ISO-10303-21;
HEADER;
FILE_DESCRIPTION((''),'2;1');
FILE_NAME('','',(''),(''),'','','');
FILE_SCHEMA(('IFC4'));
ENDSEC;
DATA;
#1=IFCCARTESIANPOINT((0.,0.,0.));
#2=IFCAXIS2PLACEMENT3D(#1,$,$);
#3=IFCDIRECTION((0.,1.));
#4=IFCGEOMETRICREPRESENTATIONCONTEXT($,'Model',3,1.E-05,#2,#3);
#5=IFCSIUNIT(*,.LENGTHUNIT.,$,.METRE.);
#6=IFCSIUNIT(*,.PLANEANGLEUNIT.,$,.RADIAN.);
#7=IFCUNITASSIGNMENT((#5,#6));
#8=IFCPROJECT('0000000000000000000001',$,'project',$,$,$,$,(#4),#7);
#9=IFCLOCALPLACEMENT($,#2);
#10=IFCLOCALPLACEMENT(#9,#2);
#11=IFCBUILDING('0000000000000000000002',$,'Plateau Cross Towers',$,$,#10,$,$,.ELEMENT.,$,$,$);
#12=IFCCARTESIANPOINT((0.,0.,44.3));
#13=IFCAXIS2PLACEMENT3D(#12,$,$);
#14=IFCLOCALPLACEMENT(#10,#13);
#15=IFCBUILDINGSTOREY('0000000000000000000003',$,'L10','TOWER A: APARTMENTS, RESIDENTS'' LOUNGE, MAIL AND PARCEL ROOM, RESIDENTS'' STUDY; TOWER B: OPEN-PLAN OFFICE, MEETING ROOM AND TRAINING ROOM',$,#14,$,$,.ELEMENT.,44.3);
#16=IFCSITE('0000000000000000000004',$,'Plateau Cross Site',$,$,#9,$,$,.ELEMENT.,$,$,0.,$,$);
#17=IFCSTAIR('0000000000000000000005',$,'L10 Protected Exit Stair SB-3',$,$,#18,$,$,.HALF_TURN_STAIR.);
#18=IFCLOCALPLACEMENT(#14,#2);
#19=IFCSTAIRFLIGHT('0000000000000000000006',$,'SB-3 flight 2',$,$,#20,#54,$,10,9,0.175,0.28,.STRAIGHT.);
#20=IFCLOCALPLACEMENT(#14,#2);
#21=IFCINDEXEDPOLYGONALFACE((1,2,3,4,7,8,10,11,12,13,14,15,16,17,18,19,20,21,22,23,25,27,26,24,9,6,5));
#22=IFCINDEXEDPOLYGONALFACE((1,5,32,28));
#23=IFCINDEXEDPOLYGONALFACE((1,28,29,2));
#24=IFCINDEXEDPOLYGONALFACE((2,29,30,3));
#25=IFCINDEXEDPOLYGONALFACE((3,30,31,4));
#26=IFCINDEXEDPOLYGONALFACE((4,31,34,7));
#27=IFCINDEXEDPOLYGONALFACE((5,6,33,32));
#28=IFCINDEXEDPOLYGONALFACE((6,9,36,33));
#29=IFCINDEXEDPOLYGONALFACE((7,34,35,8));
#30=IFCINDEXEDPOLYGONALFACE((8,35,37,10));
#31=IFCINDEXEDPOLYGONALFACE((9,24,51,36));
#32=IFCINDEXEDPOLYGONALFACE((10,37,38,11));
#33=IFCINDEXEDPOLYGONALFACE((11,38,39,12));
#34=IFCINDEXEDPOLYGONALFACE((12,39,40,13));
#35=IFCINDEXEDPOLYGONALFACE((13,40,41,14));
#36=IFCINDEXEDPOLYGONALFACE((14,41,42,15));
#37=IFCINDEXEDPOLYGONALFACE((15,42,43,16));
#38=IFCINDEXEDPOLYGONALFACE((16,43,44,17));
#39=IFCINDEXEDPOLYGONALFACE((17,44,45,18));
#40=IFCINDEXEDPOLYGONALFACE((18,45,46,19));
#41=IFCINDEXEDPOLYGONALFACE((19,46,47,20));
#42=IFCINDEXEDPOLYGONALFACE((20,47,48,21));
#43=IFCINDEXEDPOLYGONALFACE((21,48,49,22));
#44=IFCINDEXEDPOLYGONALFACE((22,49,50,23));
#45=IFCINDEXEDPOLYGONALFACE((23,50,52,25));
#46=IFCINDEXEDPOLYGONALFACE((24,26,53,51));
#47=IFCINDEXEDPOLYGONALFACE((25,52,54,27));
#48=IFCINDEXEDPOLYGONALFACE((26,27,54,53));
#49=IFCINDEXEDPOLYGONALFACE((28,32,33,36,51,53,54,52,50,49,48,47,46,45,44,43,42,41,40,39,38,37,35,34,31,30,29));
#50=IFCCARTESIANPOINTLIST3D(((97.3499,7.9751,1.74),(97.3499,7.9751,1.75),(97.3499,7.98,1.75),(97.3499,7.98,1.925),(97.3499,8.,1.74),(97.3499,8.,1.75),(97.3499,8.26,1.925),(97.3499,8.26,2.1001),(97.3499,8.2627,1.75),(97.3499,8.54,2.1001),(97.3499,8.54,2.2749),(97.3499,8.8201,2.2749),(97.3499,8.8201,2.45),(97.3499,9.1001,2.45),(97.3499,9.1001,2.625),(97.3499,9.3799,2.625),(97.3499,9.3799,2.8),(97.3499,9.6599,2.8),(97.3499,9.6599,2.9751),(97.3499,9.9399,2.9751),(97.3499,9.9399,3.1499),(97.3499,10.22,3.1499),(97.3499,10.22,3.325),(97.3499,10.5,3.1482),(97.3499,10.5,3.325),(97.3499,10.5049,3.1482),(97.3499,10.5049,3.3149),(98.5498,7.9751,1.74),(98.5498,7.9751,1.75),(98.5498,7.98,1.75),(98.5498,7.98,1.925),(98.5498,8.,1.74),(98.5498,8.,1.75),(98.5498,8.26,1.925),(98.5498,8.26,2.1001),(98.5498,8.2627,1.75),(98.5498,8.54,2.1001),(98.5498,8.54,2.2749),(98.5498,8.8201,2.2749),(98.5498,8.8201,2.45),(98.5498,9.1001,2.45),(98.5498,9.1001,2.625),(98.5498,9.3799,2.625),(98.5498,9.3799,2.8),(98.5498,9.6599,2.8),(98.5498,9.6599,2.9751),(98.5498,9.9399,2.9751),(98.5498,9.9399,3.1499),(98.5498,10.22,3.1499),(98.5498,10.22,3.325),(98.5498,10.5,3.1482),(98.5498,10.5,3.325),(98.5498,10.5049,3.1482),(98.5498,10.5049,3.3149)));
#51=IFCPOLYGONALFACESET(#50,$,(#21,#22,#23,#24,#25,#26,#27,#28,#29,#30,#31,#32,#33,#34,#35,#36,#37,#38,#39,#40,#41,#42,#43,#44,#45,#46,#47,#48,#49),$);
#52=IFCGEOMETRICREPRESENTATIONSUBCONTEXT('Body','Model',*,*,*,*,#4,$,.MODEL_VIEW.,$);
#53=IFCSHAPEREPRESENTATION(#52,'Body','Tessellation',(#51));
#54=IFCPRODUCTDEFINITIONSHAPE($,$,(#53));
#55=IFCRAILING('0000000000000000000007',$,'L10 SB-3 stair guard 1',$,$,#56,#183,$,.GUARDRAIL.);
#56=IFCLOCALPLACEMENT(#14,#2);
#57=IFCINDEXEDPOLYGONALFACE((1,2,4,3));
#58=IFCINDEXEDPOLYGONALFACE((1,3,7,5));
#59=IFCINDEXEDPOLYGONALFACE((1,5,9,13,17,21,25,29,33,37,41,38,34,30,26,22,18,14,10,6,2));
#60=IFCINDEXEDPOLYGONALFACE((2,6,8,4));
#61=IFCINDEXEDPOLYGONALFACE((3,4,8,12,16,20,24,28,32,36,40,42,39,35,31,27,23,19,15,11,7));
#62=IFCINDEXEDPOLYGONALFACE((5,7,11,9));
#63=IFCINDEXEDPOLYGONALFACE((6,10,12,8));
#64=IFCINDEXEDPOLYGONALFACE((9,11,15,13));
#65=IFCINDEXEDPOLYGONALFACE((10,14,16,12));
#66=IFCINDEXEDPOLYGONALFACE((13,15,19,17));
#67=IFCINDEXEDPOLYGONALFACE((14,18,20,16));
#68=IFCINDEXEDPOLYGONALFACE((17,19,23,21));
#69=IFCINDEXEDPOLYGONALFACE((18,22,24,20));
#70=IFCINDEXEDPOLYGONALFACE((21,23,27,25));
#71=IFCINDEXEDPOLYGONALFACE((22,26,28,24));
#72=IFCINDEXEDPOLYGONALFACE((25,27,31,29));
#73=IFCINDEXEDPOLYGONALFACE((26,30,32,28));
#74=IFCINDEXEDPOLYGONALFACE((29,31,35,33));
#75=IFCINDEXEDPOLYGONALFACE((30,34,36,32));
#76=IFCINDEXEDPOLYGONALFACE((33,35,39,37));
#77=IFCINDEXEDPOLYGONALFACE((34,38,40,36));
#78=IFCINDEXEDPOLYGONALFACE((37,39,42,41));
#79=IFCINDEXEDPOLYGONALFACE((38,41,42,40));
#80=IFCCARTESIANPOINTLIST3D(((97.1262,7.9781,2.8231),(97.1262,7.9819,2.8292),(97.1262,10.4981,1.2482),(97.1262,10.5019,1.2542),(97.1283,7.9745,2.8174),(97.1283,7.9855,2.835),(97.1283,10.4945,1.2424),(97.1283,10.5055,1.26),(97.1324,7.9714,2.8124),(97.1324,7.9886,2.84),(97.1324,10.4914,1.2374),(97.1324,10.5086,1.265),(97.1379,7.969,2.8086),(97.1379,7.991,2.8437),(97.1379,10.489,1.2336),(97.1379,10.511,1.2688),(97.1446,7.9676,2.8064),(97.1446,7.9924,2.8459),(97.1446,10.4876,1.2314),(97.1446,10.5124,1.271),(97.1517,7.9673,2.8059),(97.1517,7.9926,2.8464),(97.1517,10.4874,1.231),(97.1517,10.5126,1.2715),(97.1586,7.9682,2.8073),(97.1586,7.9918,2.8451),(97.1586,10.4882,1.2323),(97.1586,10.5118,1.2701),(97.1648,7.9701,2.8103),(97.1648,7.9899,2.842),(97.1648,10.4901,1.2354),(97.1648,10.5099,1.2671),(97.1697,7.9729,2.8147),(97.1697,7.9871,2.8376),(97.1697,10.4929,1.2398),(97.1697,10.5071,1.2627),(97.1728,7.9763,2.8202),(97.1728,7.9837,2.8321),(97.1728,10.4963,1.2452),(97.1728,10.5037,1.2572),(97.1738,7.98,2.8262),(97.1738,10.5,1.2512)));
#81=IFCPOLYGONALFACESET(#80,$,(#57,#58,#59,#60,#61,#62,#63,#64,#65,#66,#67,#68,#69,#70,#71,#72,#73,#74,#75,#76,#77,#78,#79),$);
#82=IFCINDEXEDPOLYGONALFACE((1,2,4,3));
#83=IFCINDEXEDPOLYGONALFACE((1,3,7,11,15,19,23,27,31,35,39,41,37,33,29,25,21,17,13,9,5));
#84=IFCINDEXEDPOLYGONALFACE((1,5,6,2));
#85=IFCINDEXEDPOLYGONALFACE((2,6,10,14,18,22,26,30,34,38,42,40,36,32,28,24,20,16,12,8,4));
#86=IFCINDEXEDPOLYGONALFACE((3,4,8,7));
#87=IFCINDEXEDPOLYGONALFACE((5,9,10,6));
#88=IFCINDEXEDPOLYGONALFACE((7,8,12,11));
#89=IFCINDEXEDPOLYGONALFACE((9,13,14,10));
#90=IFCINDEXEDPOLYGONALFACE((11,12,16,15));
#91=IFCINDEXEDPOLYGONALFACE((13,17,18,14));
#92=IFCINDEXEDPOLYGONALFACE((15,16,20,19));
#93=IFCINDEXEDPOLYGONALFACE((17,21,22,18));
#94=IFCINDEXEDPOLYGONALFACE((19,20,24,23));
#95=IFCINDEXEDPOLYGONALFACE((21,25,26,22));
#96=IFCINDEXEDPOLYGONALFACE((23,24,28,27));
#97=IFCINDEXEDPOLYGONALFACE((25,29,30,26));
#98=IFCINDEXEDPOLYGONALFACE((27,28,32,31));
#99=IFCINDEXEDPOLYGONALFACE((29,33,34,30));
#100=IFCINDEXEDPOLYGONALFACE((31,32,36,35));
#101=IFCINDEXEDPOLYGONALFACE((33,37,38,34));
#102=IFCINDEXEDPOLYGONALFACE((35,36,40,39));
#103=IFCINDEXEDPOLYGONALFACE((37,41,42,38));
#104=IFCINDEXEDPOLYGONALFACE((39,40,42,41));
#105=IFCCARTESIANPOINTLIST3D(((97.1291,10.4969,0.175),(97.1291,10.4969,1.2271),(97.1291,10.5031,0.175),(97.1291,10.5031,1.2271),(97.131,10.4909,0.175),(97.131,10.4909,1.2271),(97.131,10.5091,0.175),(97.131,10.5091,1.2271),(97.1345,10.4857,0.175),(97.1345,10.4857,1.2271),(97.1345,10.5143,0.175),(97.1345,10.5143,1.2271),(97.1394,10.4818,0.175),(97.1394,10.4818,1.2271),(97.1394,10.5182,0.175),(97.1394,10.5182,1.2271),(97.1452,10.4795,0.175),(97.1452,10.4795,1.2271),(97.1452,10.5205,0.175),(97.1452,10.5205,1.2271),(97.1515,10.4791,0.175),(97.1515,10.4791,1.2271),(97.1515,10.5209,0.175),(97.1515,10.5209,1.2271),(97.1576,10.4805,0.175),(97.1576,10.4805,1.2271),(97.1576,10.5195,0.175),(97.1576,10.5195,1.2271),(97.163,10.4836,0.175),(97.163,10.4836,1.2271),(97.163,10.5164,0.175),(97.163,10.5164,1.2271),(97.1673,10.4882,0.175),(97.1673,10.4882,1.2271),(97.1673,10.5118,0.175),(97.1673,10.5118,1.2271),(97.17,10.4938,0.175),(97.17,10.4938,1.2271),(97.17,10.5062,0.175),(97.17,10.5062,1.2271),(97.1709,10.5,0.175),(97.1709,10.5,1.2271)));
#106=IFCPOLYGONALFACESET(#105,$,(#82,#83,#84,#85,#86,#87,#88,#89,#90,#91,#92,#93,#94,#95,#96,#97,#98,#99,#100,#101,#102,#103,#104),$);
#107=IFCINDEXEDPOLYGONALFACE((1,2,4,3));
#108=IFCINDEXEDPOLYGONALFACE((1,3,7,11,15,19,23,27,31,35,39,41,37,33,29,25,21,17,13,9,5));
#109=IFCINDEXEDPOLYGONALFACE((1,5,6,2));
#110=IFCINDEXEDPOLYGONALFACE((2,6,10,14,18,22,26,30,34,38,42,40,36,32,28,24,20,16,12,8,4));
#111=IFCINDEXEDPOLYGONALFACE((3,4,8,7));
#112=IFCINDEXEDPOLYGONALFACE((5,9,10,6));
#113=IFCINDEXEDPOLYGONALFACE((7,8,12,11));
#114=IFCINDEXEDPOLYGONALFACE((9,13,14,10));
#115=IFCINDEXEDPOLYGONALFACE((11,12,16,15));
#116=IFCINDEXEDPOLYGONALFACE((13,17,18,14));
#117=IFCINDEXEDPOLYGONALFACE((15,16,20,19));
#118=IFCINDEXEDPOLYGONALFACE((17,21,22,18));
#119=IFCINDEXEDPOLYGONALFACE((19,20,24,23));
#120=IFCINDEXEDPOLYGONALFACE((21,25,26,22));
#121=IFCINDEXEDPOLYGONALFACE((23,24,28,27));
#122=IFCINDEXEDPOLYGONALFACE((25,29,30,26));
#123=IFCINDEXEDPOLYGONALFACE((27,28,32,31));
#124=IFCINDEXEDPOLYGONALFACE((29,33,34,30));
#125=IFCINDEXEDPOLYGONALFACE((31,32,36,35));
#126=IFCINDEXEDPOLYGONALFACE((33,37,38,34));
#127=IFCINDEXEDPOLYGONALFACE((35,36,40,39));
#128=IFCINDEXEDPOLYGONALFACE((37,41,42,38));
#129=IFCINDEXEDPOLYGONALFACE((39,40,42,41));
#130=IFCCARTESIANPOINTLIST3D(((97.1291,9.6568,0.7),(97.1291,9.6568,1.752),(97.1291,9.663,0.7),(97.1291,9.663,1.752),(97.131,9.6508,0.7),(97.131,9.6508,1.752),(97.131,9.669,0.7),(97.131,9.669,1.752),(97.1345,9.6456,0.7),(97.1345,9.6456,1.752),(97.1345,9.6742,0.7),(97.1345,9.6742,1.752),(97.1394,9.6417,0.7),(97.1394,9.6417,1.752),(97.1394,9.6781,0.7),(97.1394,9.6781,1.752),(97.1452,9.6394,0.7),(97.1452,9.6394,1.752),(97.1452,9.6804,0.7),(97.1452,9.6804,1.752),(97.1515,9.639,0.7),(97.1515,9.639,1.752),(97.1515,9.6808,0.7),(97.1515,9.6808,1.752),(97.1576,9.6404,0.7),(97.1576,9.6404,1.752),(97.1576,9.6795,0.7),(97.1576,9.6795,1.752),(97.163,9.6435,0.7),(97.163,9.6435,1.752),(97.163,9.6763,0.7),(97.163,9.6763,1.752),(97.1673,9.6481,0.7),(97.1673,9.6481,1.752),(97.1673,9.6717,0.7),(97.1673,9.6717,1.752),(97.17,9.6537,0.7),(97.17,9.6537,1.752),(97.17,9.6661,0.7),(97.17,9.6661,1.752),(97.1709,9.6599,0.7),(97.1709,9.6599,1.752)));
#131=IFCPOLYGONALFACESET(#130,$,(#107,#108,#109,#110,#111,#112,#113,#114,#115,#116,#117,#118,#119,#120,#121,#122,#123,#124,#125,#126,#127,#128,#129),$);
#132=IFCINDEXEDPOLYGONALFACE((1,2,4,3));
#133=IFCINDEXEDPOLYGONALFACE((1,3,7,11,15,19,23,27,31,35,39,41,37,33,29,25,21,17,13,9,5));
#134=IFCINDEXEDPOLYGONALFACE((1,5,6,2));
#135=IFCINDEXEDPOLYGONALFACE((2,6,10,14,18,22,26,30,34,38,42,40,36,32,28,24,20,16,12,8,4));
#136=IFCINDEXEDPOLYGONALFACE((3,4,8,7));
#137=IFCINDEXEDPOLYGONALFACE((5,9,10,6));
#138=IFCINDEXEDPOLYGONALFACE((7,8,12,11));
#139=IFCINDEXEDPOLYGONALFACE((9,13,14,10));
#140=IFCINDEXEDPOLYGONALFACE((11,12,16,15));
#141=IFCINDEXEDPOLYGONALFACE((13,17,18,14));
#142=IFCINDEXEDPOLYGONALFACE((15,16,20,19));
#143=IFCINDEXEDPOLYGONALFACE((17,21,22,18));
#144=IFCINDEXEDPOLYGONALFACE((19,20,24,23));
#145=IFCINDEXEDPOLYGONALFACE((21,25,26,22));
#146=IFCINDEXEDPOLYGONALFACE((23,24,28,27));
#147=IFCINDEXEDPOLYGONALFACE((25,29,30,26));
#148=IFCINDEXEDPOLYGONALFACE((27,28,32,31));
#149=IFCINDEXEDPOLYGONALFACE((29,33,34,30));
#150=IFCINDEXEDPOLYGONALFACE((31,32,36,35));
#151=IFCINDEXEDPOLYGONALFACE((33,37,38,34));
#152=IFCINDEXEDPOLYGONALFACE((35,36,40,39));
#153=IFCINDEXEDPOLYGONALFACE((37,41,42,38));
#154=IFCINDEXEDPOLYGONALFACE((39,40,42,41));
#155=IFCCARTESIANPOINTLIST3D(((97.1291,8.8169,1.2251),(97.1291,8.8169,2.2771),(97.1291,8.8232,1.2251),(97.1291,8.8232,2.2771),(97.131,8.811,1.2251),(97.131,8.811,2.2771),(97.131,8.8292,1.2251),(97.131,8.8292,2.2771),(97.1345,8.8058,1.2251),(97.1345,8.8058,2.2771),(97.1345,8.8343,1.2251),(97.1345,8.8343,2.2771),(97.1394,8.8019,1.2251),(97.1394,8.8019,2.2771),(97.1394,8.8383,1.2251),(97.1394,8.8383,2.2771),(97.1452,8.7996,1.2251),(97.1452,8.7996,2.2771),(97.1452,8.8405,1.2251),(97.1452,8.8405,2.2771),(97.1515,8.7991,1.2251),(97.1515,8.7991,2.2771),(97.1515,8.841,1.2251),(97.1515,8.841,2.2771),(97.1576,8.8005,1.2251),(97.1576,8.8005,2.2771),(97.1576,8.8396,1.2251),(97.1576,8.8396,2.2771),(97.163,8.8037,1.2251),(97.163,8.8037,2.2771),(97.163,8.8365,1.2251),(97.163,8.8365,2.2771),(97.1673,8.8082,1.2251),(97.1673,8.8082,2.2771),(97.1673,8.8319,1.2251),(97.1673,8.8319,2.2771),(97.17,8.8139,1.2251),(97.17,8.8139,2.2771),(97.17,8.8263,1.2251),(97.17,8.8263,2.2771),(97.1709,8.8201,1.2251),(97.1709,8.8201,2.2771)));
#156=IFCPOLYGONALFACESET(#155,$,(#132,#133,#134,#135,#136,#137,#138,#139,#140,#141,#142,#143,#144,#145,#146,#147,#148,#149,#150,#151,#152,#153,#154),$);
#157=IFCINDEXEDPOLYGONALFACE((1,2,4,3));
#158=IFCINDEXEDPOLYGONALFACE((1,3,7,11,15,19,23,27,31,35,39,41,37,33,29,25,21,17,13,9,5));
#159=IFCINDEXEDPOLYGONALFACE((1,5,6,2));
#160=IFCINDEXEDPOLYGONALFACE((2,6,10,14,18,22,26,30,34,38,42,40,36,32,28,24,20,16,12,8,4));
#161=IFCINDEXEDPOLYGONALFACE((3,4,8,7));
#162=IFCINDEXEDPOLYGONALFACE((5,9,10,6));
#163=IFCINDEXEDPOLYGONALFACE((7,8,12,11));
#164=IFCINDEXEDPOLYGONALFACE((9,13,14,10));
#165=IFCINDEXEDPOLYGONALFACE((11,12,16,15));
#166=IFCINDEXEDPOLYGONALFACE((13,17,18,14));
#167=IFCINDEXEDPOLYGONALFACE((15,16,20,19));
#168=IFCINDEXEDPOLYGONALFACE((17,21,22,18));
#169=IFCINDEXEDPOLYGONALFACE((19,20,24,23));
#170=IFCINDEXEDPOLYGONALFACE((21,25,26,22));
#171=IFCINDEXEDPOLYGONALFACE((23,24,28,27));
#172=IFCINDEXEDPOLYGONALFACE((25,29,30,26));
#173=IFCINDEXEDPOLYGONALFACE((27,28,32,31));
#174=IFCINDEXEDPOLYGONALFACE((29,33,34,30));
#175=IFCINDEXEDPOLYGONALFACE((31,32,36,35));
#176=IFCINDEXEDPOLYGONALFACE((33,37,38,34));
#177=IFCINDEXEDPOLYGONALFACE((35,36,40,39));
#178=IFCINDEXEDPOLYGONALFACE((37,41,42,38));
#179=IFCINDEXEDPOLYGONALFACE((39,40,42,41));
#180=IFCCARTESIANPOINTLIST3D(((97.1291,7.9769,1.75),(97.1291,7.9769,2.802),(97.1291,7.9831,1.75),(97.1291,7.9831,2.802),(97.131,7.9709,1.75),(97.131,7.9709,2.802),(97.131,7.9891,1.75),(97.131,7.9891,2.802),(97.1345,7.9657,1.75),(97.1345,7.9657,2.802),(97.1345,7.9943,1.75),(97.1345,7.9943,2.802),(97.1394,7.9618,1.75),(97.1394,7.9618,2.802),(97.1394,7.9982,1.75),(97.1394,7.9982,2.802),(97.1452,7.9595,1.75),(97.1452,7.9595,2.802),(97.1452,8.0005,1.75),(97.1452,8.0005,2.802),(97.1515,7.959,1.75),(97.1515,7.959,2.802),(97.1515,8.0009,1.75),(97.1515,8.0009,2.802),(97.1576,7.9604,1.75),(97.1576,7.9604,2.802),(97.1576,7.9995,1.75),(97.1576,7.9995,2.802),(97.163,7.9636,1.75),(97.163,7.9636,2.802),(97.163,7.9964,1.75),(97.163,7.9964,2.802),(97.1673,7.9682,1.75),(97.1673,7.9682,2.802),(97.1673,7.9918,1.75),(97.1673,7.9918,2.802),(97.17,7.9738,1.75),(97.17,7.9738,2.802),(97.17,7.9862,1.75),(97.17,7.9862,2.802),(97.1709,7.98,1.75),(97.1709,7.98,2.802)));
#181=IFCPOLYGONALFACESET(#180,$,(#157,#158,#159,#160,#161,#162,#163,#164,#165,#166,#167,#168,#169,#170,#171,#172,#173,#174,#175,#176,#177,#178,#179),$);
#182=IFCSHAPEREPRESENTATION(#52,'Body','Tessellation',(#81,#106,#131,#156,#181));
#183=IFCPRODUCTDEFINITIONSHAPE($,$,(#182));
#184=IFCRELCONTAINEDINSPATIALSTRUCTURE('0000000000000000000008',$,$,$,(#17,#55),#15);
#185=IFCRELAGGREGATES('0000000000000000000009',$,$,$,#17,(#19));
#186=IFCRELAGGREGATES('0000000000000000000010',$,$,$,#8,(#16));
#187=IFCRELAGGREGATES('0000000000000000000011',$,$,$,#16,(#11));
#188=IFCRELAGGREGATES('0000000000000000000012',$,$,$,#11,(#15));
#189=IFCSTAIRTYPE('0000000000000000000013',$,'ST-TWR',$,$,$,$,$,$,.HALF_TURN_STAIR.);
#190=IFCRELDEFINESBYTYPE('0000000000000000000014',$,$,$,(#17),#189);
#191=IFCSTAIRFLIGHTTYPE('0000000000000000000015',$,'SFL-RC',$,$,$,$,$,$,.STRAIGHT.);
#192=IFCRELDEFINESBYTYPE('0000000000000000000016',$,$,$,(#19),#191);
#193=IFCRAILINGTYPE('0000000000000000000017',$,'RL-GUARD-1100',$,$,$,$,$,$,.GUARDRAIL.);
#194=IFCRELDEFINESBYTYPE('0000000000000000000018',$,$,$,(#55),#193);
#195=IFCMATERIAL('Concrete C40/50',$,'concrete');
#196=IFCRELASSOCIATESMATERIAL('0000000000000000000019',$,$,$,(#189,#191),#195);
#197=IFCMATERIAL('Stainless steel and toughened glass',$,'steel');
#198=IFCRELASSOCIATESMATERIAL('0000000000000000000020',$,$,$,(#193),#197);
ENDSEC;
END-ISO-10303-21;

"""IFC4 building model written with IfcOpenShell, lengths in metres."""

from ifc_helpers import new_model, si_unit, direction, frame, origin, origin_2d, place, context, subcontext, project, spatial, polyline, circle, outline, extrude, material, type_object, element, aggregate, save


model = new_model("IFC4")

# Units and contexts
model_context = context("Model", 3, precision=1e-05, world=origin(), true_north=direction((0.0, 1.0)))
body_context = subcontext(model_context, "Body", "Model", "MODEL_VIEW")
ifc_project = project(units=[si_unit("LENGTHUNIT", "METRE"), si_unit("PLANEANGLEUNIT", "RADIAN")], contexts=[model_context])

# Site, building, storey
site_placement = place(None, origin())
site = spatial("IfcSite", under=ifc_project, at=site_placement, Name="Plateau Cross Site", CompositionType="ELEMENT", RefElevation=0.0)
building_placement = place(site_placement, origin())
building = spatial("IfcBuilding", under=site, at=building_placement, Name="Plateau Cross Towers", CompositionType="ELEMENT")
storey_placement = place(building_placement, frame((0.0, 0.0, 44.3)))
storey = spatial("IfcBuildingStorey", under=building, at=storey_placement, Name="L10", Description="TOWER A: APARTMENTS, RESIDENTS' LOUNGE, MAIL AND PARCEL ROOM, RESIDENTS' STUDY; TOWER B: OPEN-PLAN OFFICE, MEETING ROOM AND TRAINING ROOM", CompositionType="ELEMENT", Elevation=44.3)

# Stair, stair flight
ifc_material_1 = material(Name="Concrete C40/50", Category="concrete")
stair_type = type_object("IfcStairType", Name="ST-TWR", PredefinedType="HALF_TURN_STAIR", material=ifc_material_1)
stair_placement = place(storey_placement, origin())
stair = element("IfcStair", 1, at=stair_placement, inside=storey, type_object=stair_type, Name="L10 Protected Exit Stair SB-3", PredefinedType="HALF_TURN_STAIR")
stair_flight_type = type_object("IfcStairFlightType", Name="SFL-RC", PredefinedType="STRAIGHT", material=ifc_material_1)
stair_flight_1_placement = place(storey_placement, frame((97.95, 7.98, 1.75), z_axis=(0.0, 0.0, 1.0), x_axis=(0.0, 1.0, 0.0)))
stair_flight_1 = element("IfcStairFlight", 2, at=stair_flight_1_placement, type_object=stair_flight_type, Name="SB-3 flight 2", NumberOfRisers=10, NumberOfTreads=9, PredefinedType="STRAIGHT", RiserHeight=0.175, TreadLength=0.28, context=body_context, shape_type="SweptSolid", body=[
    extrude(outline(polyline([(-0.0049, -0.01), (-0.0049, 0.0), (0.0, 0.0), (0.0, 0.175), (0.28, 0.175), (0.28, 0.3501), (0.5601, 0.3501), (0.5601, 0.5249), (0.8401, 0.5249), (0.8401, 0.7), (1.1201, 0.7), (1.1201, 0.875), (1.3999, 0.875), (1.3999, 1.05), (1.6799, 1.05), (1.6799, 1.2251), (1.96, 1.2251), (1.96, 1.3999), (2.24, 1.3999), (2.24, 1.575), (2.52, 1.575), (2.5249, 1.5649), (2.5249, 1.3982), (2.52, 1.3982), (0.2827, 0.0), (0.02, 0.0), (0.02, -0.01), (-0.0049, -0.01)])), frame((0.0, 0.6001, 0.0), z_axis=(0.0, -1.0, 0.0), x_axis=(1.0, 0.0, 0.0)), (0.0, 0.0, 1.0), 1.2),
])
aggregate(stair, [stair_flight_1])

# Railing
ifc_material_2 = material(Name="Stainless steel and toughened glass", Category="steel")
railing_type_1 = type_object("IfcRailingType", Name="RL-GUARD-1100", PredefinedType="GUARDRAIL", material=ifc_material_2)
railing_1_placement = place(storey_placement, frame((97.1499, 10.5, 0.175)))
element("IfcRailing", 3, at=railing_1_placement, inside=storey, type_object=railing_type_1, Name="L10 SB-3 stair guard 1", PredefinedType="GUARDRAIL", context=body_context, shape_type="SweptSolid", body=[
    extrude(circle(Radius=0.0239, at=origin_2d()), frame((0.0, 0.0, 1.0762), z_axis=(0.0, -0.848008, 0.529984), x_axis=(1.0, 0.0, 0.0)), (0.0, 0.0, 1.0), 2.9717),
    extrude(circle(Radius=0.021, at=origin_2d()), origin(), (0.0, 0.0, 1.0), 1.052),
    extrude(circle(Radius=0.021, at=origin_2d()), frame((0.0, -0.8401, 0.5249)), (0.0, 0.0, 1.0), 1.052),
    extrude(circle(Radius=0.021, at=origin_2d()), frame((0.0, -1.6799, 1.05)), (0.0, 0.0, 1.0), 1.052),
    extrude(circle(Radius=0.021, at=origin_2d()), frame((0.0, -2.52, 1.575)), (0.0, 0.0, 1.0), 1.052),
])

save(model, "model.ifc")
